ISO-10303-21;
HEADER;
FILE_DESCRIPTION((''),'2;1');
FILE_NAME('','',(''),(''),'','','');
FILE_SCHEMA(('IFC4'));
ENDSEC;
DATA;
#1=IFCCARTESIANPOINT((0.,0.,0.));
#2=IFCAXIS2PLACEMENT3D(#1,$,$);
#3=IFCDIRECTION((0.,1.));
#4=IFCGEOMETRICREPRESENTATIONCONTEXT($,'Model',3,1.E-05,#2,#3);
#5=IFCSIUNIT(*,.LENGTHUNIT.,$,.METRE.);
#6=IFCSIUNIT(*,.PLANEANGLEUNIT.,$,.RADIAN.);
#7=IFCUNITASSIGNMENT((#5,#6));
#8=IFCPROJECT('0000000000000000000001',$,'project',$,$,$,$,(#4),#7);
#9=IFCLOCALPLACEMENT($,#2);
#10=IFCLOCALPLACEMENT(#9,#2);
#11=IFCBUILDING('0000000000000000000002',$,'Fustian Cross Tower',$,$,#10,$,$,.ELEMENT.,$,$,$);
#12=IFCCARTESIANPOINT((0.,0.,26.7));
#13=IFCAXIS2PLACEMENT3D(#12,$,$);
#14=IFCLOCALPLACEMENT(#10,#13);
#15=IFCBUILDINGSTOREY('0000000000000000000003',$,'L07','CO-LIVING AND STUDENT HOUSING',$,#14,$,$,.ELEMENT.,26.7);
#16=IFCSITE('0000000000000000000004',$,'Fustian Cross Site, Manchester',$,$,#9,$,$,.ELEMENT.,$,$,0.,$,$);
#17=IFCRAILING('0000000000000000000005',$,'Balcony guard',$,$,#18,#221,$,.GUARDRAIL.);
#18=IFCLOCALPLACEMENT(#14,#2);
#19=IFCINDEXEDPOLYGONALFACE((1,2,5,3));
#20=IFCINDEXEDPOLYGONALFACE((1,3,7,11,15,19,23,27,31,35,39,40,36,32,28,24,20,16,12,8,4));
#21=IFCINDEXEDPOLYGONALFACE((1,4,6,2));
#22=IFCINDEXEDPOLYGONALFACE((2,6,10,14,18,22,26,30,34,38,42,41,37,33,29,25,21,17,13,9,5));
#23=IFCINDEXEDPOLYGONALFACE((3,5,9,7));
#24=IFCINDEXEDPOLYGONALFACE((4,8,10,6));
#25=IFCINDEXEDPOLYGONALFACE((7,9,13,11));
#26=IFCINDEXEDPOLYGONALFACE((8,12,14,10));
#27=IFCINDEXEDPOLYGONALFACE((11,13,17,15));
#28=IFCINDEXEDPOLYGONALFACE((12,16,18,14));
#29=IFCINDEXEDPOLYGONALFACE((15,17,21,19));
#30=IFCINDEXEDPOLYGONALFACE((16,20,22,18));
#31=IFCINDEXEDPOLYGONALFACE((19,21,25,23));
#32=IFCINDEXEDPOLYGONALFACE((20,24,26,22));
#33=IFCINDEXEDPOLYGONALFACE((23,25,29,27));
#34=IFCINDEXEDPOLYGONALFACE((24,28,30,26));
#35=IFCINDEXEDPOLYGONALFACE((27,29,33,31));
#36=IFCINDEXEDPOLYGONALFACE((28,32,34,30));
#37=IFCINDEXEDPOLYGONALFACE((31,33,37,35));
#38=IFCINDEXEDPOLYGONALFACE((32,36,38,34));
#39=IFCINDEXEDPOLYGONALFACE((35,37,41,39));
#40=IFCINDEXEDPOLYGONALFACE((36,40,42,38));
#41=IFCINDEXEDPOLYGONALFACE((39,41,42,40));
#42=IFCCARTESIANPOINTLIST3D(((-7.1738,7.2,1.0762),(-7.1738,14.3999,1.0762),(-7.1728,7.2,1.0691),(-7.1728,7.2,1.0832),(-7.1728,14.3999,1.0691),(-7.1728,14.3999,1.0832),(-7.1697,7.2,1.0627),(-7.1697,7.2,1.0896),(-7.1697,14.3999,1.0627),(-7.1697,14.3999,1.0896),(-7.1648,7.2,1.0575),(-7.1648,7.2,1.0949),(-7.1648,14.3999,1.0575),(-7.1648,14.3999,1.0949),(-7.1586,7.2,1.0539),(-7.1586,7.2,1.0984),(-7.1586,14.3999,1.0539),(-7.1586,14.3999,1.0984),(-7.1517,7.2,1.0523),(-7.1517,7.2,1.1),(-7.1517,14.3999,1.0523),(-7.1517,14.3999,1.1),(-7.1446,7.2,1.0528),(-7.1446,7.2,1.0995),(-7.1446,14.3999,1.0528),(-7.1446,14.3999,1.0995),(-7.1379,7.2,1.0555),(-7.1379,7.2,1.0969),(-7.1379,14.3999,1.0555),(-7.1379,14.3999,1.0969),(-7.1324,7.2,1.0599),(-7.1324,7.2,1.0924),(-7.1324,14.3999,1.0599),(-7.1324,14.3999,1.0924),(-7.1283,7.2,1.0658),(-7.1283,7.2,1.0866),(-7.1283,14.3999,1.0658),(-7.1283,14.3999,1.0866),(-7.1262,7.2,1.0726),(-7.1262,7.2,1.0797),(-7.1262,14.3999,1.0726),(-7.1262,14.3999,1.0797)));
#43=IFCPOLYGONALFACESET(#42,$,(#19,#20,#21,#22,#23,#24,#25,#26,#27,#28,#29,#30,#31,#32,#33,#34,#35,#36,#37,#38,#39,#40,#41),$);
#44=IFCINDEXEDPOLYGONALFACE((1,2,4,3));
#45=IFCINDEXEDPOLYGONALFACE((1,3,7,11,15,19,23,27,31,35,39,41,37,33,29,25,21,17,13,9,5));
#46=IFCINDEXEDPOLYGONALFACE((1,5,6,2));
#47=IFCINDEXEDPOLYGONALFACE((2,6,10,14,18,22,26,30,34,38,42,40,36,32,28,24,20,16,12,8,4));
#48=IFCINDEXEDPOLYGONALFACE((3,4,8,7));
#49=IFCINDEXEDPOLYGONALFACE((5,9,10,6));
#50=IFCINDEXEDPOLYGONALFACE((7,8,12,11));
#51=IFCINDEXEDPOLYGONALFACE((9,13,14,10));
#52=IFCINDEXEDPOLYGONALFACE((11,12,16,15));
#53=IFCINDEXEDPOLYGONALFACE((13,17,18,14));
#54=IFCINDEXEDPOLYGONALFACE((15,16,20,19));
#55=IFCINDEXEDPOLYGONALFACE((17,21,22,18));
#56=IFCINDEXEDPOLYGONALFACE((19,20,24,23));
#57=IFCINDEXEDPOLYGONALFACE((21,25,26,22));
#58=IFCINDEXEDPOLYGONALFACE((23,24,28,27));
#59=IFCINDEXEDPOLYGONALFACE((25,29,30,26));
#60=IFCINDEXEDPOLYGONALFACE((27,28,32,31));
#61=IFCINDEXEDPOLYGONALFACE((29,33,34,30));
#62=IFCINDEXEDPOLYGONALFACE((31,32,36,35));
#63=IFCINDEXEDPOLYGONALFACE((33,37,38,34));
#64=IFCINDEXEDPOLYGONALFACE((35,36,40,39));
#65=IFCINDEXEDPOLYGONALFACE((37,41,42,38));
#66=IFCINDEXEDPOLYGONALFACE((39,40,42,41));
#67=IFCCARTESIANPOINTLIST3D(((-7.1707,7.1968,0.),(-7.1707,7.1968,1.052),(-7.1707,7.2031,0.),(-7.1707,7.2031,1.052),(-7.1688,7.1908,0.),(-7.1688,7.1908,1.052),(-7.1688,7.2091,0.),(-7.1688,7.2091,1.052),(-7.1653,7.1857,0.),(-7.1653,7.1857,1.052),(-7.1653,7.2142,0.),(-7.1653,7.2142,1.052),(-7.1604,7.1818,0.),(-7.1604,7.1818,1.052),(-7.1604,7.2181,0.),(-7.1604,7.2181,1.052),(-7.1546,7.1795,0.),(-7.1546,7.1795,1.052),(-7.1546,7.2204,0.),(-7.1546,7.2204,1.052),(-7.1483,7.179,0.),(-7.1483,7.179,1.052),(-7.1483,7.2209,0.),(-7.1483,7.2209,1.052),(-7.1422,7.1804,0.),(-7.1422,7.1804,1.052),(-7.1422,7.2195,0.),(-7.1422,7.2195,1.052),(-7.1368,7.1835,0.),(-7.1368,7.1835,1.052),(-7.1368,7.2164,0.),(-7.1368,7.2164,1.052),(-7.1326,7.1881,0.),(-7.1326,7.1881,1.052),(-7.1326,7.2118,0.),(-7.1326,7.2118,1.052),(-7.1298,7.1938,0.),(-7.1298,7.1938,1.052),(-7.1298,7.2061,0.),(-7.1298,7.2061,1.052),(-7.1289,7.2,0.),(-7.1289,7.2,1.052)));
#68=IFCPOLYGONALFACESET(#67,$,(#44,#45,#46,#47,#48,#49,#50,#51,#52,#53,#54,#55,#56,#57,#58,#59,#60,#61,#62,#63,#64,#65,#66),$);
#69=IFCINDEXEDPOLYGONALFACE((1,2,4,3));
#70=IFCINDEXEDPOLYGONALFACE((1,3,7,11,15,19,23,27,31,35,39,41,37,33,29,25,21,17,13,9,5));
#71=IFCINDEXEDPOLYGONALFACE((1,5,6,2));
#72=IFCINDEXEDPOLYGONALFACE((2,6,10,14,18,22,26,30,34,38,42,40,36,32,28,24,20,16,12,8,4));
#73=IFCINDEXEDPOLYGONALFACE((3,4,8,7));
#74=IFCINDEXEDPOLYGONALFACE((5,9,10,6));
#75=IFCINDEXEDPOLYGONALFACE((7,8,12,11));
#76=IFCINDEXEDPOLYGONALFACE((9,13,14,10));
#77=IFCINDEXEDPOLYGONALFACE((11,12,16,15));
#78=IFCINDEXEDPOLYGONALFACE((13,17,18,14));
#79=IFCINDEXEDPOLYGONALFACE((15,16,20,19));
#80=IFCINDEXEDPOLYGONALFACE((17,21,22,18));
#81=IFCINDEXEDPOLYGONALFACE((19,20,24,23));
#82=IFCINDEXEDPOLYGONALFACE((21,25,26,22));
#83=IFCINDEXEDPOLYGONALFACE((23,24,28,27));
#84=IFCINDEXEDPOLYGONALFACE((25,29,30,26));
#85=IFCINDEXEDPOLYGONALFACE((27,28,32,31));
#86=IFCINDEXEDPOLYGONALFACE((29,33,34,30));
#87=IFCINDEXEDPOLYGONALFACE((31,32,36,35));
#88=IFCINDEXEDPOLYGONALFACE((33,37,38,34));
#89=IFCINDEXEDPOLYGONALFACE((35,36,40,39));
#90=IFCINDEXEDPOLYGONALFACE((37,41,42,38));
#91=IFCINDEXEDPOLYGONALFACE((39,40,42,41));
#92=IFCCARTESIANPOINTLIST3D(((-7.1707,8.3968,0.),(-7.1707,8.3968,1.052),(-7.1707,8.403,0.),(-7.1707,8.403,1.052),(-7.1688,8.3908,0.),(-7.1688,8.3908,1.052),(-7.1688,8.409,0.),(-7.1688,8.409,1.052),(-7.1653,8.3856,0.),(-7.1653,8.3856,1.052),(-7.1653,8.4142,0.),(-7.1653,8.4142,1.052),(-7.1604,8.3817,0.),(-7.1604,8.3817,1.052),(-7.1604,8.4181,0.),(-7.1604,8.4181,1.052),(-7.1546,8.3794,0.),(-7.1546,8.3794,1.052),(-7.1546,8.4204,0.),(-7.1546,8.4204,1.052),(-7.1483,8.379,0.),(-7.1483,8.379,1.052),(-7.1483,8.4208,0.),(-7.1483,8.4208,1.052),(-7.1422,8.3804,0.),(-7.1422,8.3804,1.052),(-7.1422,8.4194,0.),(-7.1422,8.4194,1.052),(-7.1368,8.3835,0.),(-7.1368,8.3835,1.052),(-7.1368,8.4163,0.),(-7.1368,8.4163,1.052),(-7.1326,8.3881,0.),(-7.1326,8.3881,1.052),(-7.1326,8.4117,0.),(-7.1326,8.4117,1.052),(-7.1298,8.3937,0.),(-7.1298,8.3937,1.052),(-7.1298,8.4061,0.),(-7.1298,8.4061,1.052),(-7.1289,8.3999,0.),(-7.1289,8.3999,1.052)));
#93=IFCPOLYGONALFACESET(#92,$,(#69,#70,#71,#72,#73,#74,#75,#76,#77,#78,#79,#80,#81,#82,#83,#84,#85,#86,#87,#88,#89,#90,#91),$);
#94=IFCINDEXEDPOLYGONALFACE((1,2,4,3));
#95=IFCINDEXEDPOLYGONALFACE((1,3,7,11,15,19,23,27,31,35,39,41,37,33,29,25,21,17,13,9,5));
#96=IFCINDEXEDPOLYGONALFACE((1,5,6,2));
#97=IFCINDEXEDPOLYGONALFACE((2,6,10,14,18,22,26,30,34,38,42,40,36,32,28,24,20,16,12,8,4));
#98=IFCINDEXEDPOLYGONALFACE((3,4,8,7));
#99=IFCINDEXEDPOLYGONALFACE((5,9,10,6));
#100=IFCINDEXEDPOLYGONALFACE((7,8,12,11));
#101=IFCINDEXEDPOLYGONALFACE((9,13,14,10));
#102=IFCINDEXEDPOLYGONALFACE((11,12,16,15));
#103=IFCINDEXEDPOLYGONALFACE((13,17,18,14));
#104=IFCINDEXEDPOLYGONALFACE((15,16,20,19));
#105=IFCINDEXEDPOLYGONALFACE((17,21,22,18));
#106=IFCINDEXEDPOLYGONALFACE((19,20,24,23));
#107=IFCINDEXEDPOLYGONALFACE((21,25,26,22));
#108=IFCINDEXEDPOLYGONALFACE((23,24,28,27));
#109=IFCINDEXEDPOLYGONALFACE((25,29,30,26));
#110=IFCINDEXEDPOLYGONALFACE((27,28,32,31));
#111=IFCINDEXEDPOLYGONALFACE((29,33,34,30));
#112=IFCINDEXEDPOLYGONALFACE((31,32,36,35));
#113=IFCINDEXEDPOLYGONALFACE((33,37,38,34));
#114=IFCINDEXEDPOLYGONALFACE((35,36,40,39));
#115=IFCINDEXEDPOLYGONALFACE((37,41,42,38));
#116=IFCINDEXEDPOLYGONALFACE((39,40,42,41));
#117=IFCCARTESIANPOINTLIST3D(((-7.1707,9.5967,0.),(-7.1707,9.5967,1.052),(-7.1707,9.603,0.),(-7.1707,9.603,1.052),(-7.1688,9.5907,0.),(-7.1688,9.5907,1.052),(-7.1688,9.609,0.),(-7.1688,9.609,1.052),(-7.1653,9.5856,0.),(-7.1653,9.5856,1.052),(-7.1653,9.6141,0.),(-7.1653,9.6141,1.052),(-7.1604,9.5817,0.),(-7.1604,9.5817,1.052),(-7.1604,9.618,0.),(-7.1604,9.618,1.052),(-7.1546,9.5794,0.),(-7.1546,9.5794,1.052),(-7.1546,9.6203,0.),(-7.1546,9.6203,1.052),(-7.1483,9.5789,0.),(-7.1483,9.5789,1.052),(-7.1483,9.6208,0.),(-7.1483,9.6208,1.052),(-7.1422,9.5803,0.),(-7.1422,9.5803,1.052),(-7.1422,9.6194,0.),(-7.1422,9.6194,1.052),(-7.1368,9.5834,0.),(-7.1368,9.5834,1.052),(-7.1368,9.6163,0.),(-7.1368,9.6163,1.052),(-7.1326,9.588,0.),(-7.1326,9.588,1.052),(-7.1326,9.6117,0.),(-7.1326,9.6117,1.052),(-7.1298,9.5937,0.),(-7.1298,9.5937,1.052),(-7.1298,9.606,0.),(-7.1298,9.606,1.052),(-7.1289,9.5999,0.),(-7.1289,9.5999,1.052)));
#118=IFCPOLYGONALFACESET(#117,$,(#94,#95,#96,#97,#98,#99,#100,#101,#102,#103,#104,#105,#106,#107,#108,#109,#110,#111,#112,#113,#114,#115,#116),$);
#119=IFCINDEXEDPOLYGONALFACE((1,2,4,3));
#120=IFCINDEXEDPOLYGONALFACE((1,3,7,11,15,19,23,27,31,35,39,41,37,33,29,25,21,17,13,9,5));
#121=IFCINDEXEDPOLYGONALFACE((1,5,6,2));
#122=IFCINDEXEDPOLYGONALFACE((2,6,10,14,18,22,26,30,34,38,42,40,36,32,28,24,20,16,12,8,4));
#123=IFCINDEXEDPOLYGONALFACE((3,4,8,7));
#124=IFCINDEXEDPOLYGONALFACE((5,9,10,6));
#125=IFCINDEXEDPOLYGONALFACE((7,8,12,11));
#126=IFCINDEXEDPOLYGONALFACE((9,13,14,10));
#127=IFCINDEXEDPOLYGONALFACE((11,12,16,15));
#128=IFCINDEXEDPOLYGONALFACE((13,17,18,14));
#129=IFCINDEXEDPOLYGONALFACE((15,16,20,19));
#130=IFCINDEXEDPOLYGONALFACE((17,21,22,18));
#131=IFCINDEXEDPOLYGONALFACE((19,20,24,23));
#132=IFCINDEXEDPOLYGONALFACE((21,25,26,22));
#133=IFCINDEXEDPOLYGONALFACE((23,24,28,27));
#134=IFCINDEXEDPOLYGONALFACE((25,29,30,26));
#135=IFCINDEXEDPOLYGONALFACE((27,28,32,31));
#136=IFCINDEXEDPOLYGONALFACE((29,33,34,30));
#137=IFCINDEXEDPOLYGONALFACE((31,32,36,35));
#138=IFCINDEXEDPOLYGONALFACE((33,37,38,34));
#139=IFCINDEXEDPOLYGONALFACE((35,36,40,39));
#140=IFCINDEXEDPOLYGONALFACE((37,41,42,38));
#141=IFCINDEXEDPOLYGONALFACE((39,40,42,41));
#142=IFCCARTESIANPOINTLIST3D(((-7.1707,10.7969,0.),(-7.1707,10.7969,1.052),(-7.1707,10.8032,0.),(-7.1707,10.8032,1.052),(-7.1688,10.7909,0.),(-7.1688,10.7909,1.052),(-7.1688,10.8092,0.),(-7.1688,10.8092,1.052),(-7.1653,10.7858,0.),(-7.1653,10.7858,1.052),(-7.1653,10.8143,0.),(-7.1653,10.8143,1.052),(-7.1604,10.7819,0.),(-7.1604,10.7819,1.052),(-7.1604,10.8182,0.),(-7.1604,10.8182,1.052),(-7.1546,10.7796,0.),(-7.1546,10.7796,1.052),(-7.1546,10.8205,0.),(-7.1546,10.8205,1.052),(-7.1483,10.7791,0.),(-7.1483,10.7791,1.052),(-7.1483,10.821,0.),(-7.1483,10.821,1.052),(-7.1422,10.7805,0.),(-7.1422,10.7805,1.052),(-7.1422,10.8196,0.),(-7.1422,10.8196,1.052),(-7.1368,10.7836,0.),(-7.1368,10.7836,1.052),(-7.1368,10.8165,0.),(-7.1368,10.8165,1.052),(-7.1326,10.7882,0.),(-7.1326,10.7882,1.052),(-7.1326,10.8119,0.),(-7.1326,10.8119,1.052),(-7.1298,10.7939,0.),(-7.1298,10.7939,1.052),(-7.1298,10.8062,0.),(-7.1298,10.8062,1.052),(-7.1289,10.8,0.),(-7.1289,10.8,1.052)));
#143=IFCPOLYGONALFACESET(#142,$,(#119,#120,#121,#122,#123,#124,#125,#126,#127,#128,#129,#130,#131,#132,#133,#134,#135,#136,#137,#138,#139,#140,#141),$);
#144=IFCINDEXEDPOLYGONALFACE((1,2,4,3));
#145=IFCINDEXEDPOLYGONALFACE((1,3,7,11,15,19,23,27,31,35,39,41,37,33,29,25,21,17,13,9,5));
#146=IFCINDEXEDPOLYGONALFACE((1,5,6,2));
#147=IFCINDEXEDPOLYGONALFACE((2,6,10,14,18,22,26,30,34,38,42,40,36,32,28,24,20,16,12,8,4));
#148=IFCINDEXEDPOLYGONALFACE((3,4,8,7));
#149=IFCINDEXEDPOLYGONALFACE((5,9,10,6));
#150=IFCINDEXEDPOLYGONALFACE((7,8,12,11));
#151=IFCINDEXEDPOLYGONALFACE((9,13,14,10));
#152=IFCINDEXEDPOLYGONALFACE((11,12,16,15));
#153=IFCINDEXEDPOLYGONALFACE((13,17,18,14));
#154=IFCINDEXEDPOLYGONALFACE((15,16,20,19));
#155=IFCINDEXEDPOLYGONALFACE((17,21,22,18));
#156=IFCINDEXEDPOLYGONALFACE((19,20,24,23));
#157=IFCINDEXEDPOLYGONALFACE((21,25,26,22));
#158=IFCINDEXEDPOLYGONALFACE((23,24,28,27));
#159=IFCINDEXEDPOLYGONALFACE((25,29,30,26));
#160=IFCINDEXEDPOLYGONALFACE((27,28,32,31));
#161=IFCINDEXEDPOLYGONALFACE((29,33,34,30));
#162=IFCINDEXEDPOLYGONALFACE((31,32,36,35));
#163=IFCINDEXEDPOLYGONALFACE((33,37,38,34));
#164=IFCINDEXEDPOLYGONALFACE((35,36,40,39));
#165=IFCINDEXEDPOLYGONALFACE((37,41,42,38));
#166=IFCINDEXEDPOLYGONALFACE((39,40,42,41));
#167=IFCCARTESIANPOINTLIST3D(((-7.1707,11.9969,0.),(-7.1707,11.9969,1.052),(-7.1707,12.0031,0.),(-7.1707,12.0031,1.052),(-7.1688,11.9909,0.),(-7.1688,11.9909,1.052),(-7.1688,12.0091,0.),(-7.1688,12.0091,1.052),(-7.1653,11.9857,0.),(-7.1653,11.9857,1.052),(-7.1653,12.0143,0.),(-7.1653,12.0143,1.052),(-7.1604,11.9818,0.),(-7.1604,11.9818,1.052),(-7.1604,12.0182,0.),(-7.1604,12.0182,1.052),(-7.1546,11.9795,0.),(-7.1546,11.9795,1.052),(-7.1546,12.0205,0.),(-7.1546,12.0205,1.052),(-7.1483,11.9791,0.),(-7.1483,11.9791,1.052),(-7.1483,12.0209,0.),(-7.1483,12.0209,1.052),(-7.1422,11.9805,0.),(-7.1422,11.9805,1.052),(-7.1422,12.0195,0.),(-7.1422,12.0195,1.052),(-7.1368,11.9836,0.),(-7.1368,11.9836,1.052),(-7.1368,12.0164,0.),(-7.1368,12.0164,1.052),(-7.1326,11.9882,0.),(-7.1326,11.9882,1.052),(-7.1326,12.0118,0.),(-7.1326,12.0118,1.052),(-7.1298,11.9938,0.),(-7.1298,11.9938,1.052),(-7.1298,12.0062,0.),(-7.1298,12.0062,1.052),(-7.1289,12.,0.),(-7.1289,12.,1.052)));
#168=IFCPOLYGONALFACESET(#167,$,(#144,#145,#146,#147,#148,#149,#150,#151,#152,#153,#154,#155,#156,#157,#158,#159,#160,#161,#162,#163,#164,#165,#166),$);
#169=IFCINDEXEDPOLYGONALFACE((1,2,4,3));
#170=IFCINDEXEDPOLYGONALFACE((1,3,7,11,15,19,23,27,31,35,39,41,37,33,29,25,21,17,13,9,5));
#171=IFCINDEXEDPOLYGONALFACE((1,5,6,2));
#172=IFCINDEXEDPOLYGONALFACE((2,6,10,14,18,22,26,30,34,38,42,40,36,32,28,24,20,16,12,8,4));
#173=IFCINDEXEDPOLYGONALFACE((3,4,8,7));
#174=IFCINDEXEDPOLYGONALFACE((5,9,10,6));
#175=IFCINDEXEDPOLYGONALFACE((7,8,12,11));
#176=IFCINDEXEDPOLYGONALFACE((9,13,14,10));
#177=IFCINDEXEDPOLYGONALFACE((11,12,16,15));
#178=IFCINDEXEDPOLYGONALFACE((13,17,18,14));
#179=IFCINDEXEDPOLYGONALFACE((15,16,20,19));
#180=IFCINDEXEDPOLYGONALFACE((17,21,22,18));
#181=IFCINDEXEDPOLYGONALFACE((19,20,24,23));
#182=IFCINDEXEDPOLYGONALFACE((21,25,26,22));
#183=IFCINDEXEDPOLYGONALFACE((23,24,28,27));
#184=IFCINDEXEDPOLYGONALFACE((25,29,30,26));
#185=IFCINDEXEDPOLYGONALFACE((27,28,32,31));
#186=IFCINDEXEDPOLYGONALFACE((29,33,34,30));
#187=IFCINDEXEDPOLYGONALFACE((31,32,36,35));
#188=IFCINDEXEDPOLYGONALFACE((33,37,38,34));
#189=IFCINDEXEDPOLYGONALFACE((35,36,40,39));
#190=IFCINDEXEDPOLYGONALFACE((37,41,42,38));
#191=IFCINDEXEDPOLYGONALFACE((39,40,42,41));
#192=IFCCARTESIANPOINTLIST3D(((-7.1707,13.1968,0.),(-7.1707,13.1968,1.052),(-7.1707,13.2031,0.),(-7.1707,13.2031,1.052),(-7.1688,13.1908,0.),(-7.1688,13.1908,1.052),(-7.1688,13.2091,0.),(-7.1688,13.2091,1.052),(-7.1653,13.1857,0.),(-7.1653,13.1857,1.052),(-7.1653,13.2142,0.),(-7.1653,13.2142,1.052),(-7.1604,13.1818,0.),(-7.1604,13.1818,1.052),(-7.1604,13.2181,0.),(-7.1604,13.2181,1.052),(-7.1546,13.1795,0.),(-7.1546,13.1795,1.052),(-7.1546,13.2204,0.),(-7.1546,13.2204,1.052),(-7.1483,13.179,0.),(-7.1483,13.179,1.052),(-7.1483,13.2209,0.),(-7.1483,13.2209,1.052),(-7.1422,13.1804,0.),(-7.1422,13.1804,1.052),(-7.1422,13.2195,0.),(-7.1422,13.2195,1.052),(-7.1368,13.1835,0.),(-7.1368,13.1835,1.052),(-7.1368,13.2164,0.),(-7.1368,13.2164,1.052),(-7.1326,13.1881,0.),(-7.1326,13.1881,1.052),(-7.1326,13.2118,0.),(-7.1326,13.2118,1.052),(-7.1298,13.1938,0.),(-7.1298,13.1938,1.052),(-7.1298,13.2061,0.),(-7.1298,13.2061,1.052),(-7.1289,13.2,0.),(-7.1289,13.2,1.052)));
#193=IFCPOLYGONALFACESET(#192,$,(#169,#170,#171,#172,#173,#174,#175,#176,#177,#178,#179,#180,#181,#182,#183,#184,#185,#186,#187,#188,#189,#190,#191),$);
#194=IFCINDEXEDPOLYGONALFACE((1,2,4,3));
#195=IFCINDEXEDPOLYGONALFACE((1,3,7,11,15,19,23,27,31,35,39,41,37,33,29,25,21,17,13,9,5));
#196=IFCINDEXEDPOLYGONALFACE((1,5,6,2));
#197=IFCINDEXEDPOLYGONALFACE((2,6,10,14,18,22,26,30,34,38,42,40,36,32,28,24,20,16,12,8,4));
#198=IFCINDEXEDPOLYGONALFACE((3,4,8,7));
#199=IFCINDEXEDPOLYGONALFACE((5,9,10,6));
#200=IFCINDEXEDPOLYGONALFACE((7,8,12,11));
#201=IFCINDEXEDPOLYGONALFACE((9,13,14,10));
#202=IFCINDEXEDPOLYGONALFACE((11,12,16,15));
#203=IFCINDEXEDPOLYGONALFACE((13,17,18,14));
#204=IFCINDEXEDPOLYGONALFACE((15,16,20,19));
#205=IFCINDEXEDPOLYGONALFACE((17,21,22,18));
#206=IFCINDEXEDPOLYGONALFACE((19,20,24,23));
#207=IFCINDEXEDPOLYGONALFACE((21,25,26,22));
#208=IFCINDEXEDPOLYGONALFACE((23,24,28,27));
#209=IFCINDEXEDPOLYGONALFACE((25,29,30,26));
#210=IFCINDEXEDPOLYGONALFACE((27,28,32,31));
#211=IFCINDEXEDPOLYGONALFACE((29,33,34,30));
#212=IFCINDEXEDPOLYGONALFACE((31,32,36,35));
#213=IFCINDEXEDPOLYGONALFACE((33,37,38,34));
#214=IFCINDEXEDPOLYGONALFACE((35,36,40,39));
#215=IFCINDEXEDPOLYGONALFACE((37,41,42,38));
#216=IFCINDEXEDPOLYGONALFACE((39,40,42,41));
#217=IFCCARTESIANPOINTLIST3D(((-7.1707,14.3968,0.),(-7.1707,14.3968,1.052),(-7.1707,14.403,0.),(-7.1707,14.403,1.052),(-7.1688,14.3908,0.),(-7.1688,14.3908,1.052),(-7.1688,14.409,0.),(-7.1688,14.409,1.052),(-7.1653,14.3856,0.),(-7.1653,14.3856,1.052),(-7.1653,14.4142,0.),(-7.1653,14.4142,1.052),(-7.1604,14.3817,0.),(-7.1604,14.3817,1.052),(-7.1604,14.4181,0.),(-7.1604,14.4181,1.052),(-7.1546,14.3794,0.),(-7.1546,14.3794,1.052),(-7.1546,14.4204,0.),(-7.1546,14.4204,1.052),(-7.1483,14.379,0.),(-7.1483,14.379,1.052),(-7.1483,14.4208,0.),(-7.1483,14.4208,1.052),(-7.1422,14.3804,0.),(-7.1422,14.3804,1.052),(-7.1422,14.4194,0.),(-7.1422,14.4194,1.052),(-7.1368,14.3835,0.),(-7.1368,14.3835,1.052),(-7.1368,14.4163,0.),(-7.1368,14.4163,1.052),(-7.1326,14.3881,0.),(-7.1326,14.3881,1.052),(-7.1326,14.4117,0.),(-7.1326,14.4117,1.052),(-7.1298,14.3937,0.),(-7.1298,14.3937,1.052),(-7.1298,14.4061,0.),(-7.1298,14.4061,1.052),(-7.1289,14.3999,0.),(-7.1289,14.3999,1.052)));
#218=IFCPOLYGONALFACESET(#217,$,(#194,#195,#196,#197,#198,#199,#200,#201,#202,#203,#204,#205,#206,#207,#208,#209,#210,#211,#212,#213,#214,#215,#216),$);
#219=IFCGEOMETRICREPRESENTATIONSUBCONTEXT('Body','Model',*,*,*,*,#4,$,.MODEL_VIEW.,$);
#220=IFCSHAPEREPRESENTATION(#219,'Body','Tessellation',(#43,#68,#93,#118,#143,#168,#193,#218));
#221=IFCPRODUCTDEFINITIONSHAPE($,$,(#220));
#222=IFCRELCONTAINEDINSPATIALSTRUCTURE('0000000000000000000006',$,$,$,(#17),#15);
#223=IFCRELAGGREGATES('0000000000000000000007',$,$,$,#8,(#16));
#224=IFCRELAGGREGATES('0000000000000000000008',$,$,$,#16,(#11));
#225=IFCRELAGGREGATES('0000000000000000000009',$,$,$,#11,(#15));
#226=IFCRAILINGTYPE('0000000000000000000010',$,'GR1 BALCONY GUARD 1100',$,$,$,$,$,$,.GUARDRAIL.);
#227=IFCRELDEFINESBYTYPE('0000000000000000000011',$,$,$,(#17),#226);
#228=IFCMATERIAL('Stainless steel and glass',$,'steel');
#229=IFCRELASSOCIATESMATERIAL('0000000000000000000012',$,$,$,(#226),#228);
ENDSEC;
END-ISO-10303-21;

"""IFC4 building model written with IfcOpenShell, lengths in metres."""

from ifc_helpers import new_model, si_unit, direction, frame, origin, origin_2d, place, context, subcontext, project, spatial, circle, extrude, material, type_object, element, save


model = new_model("IFC4")

# Units and contexts
model_context = context("Model", 3, precision=1e-05, world=origin(), true_north=direction((0.0, 1.0)))
body_context = subcontext(model_context, "Body", "Model", "MODEL_VIEW")
ifc_project = project(units=[si_unit("LENGTHUNIT", "METRE"), si_unit("PLANEANGLEUNIT", "RADIAN")], contexts=[model_context])

# Site, building, storey
site_placement = place(None, origin())
site = spatial("IfcSite", under=ifc_project, at=site_placement, Name="Fustian Cross Site, Manchester", CompositionType="ELEMENT", RefElevation=0.0)
building_placement = place(site_placement, origin())
building = spatial("IfcBuilding", under=site, at=building_placement, Name="Fustian Cross Tower", CompositionType="ELEMENT")
storey_placement = place(building_placement, frame((0.0, 0.0, 26.7)))
storey = spatial("IfcBuildingStorey", under=building, at=storey_placement, Name="L07", Description="CO-LIVING AND STUDENT HOUSING", CompositionType="ELEMENT", Elevation=26.7)

# Railing
ifc_material_1 = material(Name="Stainless steel and glass", Category="steel")
railing_type = type_object("IfcRailingType", Name="GR1 BALCONY GUARD 1100", PredefinedType="GUARDRAIL", material=ifc_material_1)
railing_placement = place(storey_placement, frame((-7.1499, 7.2, 0.0)))
element("IfcRailing", 1, at=railing_placement, inside=storey, type_object=railing_type, Name="Balcony guard", PredefinedType="GUARDRAIL", context=body_context, shape_type="SweptSolid", body=[
    extrude(circle(Radius=0.0239, at=origin_2d()), frame((0.0, 0.0, 1.0762), z_axis=(0.0, 1.0, 0.0), x_axis=(-1.0, 0.0, 0.0)), (0.0, 0.0, 1.0), 7.2),
    extrude(circle(Radius=0.021, at=origin_2d()), origin(), (0.0, 0.0, 1.0), 1.052),
    extrude(circle(Radius=0.021, at=origin_2d()), frame((0.0, 1.2, 0.0)), (0.0, 0.0, 1.0), 1.052),
    extrude(circle(Radius=0.021, at=origin_2d()), frame((0.0, 2.3999, 0.0)), (0.0, 0.0, 1.0), 1.052),
    extrude(circle(Radius=0.021, at=origin_2d()), frame((0.0, 3.6001, 0.0)), (0.0, 0.0, 1.0), 1.052),
    extrude(circle(Radius=0.021, at=origin_2d()), frame((0.0, 4.8, 0.0)), (0.0, 0.0, 1.0), 1.052),
    extrude(circle(Radius=0.021, at=origin_2d()), frame((0.0, 6.0, 0.0)), (0.0, 0.0, 1.0), 1.052),
    extrude(circle(Radius=0.021, at=origin_2d()), frame((0.0, 7.2, 0.0)), (0.0, 0.0, 1.0), 1.052),
])

save(model, "model.ifc")
